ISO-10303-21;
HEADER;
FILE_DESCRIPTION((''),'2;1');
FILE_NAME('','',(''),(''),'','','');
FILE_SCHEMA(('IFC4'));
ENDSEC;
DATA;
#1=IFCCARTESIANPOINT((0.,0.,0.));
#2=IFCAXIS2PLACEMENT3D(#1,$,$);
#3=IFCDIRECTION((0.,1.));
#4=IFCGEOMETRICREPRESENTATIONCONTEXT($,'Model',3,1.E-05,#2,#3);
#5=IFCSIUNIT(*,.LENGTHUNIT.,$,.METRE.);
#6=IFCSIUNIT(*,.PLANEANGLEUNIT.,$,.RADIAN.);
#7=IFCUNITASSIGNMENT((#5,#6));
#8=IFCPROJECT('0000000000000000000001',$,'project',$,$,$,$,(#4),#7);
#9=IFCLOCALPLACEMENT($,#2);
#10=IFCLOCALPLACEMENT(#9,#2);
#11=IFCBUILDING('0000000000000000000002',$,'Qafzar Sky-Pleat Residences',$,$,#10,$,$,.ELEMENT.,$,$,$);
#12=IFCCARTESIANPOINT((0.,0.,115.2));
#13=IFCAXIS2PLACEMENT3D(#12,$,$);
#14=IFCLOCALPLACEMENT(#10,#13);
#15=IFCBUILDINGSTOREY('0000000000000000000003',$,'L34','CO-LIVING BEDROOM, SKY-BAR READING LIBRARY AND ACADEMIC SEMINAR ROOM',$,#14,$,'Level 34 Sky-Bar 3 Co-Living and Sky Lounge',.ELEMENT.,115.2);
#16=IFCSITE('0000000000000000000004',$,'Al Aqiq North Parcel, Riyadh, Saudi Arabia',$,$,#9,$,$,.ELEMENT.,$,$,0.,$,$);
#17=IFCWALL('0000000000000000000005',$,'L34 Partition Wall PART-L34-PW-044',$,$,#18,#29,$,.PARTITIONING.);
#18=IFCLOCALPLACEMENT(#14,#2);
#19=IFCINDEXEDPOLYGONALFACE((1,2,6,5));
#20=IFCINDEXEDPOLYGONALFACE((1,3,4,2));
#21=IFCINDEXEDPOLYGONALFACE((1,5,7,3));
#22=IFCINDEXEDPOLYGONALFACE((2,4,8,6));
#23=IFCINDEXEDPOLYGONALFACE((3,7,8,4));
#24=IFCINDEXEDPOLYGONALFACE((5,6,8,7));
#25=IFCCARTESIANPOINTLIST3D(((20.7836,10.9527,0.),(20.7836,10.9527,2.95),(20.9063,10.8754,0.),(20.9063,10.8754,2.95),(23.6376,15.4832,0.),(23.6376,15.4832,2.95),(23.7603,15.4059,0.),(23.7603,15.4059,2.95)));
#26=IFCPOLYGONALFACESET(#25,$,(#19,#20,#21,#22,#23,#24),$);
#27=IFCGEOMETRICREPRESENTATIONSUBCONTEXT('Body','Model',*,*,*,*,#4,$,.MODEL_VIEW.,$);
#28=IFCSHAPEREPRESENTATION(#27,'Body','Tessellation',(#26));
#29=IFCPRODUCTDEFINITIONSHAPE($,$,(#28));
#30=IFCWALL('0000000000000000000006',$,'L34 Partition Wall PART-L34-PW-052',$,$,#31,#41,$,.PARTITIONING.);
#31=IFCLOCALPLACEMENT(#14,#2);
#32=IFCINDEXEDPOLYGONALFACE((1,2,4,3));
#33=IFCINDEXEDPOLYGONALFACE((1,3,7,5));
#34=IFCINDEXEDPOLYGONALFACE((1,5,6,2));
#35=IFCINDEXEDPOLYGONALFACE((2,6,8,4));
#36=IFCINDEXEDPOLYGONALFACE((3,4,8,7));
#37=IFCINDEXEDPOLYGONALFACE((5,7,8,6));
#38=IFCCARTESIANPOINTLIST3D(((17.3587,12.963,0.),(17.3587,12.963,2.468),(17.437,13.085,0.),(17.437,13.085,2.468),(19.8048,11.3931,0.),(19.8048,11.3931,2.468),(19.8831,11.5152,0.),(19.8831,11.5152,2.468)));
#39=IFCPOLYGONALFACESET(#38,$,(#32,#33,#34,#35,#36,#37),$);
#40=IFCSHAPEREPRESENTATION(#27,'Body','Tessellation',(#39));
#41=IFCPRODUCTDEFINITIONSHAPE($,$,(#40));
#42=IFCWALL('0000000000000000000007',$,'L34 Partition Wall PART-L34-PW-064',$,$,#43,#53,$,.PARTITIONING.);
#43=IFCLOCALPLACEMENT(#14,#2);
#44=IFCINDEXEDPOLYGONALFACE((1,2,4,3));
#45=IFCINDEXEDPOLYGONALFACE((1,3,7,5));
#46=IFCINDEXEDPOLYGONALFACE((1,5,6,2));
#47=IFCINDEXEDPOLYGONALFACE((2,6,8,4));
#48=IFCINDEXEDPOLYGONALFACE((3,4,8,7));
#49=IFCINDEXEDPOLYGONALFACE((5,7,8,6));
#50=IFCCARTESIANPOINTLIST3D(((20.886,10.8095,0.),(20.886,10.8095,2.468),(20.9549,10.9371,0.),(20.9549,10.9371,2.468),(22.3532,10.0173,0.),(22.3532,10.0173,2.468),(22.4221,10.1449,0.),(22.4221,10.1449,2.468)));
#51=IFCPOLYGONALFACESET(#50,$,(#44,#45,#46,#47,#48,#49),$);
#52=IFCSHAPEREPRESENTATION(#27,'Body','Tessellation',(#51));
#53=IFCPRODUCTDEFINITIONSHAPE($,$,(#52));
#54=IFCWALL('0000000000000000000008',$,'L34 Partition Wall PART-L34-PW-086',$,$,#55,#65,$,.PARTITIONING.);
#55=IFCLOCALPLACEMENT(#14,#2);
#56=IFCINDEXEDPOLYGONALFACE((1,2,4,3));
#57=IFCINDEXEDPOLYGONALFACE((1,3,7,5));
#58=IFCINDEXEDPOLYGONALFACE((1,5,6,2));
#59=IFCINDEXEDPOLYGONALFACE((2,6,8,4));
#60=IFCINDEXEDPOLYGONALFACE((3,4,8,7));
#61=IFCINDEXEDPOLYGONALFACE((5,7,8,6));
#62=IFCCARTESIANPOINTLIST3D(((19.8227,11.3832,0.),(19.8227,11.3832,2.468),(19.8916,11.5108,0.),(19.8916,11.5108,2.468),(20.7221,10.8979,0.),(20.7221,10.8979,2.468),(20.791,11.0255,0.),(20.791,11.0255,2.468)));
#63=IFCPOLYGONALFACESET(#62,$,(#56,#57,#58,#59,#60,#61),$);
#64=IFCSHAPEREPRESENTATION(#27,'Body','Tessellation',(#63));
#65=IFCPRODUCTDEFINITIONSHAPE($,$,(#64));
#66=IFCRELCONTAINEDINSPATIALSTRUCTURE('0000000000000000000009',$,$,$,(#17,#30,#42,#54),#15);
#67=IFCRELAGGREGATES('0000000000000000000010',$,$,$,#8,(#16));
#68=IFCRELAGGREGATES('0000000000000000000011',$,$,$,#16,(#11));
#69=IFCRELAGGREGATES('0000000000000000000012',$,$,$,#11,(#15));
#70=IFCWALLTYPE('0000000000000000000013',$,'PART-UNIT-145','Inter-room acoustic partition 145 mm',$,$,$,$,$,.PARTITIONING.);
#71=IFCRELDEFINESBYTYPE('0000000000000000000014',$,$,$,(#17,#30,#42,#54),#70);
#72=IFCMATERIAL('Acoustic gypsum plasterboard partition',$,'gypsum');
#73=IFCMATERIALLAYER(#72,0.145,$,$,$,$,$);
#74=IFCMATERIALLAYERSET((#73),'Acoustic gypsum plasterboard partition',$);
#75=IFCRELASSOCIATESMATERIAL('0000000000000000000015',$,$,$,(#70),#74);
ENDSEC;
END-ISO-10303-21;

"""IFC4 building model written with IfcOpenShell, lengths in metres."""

from ifc_helpers import new_model, si_unit, direction, frame, frame_2d, origin, place, context, subcontext, project, spatial, rectangle, extrude, material, layer, layer_set, type_object, element, save


model = new_model("IFC4")

# Units and contexts
model_context = context("Model", 3, precision=1e-05, world=origin(), true_north=direction((0.0, 1.0)))
body_context = subcontext(model_context, "Body", "Model", "MODEL_VIEW")
ifc_project = project(units=[si_unit("LENGTHUNIT", "METRE"), si_unit("PLANEANGLEUNIT", "RADIAN")], contexts=[model_context])

# Site, building, storey
site_placement = place(None, origin())
site = spatial("IfcSite", under=ifc_project, at=site_placement, Name="Al Aqiq North Parcel, Riyadh, Saudi Arabia", CompositionType="ELEMENT", RefElevation=0.0)
building_placement = place(site_placement, origin())
building = spatial("IfcBuilding", under=site, at=building_placement, Name="Qafzar Sky-Pleat Residences", CompositionType="ELEMENT")
storey_placement = place(building_placement, frame((0.0, 0.0, 115.2)))
storey = spatial("IfcBuildingStorey", under=building, at=storey_placement, Name="L34", Description="CO-LIVING BEDROOM, SKY-BAR READING LIBRARY AND ACADEMIC SEMINAR ROOM", LongName="Level 34 Sky-Bar 3 Co-Living and Sky Lounge", CompositionType="ELEMENT", Elevation=115.2)

# Walls
ifc_material_1 = material(Name="Acoustic gypsum plasterboard partition", Category="gypsum")
ifc_layer = layer(ifc_material_1, 0.145)
ifc_layer_set = layer_set([ifc_layer], Name="Acoustic gypsum plasterboard partition")
wall_type = type_object("IfcWallType", Name="PART-UNIT-145", Description="Inter-room acoustic partition 145 mm", PredefinedType="PARTITIONING", material=ifc_layer_set)
wall_1_placement = place(storey_placement, frame((20.845, 10.9141, 0.0), z_axis=(0.0, 0.0, 1.0), x_axis=(0.533008, 0.84611, 0.0)))
element("IfcWall", 1, at=wall_1_placement, inside=storey, type_object=wall_type, Name="L34 Partition Wall PART-L34-PW-044", PredefinedType="PARTITIONING", context=body_context, shape_type="SweptSolid", body=[
    extrude(rectangle(XDim=5.3545, YDim=0.145, at=frame_2d((2.6772, 0.0))), origin(), (0.0, 0.0, 1.0), 2.95),
])
wall_2_placement = place(storey_placement, frame((17.3979, 13.0239, 0.0), z_axis=(0.0, 0.0, 1.0), x_axis=(0.84159, -0.540116, 0.0)))
element("IfcWall", 2, at=wall_2_placement, inside=storey, type_object=wall_type, Name="L34 Partition Wall PART-L34-PW-052", PredefinedType="PARTITIONING", context=body_context, shape_type="SweptSolid", body=[
    extrude(rectangle(XDim=2.9065, YDim=0.145, at=frame_2d((1.4531, 0.0))), origin(), (0.0, 0.0, 1.0), 2.468),
])
wall_3_placement = place(storey_placement, frame((20.9204, 10.8733, 0.0), z_axis=(0.0, 0.0, 1.0), x_axis=(0.87993, -0.475104, 0.0)))
element("IfcWall", 3, at=wall_3_placement, inside=storey, type_object=wall_type, Name="L34 Partition Wall PART-L34-PW-064", PredefinedType="PARTITIONING", context=body_context, shape_type="SweptSolid", body=[
    extrude(rectangle(XDim=1.6675, YDim=0.145, at=frame_2d((0.8337, 0.0))), origin(), (0.0, 0.0, 1.0), 2.468),
])
wall_4_placement = place(storey_placement, frame((19.8572, 11.447, 0.0), z_axis=(0.0, 0.0, 1.0), x_axis=(0.880041, -0.474897, 0.0)))
element("IfcWall", 4, at=wall_4_placement, inside=storey, type_object=wall_type, Name="L34 Partition Wall PART-L34-PW-086", PredefinedType="PARTITIONING", context=body_context, shape_type="SweptSolid", body=[
    extrude(rectangle(XDim=1.022, YDim=0.145, at=frame_2d((0.511, 0.0))), origin(), (0.0, 0.0, 1.0), 2.468),
])

save(model, "model.ifc")
